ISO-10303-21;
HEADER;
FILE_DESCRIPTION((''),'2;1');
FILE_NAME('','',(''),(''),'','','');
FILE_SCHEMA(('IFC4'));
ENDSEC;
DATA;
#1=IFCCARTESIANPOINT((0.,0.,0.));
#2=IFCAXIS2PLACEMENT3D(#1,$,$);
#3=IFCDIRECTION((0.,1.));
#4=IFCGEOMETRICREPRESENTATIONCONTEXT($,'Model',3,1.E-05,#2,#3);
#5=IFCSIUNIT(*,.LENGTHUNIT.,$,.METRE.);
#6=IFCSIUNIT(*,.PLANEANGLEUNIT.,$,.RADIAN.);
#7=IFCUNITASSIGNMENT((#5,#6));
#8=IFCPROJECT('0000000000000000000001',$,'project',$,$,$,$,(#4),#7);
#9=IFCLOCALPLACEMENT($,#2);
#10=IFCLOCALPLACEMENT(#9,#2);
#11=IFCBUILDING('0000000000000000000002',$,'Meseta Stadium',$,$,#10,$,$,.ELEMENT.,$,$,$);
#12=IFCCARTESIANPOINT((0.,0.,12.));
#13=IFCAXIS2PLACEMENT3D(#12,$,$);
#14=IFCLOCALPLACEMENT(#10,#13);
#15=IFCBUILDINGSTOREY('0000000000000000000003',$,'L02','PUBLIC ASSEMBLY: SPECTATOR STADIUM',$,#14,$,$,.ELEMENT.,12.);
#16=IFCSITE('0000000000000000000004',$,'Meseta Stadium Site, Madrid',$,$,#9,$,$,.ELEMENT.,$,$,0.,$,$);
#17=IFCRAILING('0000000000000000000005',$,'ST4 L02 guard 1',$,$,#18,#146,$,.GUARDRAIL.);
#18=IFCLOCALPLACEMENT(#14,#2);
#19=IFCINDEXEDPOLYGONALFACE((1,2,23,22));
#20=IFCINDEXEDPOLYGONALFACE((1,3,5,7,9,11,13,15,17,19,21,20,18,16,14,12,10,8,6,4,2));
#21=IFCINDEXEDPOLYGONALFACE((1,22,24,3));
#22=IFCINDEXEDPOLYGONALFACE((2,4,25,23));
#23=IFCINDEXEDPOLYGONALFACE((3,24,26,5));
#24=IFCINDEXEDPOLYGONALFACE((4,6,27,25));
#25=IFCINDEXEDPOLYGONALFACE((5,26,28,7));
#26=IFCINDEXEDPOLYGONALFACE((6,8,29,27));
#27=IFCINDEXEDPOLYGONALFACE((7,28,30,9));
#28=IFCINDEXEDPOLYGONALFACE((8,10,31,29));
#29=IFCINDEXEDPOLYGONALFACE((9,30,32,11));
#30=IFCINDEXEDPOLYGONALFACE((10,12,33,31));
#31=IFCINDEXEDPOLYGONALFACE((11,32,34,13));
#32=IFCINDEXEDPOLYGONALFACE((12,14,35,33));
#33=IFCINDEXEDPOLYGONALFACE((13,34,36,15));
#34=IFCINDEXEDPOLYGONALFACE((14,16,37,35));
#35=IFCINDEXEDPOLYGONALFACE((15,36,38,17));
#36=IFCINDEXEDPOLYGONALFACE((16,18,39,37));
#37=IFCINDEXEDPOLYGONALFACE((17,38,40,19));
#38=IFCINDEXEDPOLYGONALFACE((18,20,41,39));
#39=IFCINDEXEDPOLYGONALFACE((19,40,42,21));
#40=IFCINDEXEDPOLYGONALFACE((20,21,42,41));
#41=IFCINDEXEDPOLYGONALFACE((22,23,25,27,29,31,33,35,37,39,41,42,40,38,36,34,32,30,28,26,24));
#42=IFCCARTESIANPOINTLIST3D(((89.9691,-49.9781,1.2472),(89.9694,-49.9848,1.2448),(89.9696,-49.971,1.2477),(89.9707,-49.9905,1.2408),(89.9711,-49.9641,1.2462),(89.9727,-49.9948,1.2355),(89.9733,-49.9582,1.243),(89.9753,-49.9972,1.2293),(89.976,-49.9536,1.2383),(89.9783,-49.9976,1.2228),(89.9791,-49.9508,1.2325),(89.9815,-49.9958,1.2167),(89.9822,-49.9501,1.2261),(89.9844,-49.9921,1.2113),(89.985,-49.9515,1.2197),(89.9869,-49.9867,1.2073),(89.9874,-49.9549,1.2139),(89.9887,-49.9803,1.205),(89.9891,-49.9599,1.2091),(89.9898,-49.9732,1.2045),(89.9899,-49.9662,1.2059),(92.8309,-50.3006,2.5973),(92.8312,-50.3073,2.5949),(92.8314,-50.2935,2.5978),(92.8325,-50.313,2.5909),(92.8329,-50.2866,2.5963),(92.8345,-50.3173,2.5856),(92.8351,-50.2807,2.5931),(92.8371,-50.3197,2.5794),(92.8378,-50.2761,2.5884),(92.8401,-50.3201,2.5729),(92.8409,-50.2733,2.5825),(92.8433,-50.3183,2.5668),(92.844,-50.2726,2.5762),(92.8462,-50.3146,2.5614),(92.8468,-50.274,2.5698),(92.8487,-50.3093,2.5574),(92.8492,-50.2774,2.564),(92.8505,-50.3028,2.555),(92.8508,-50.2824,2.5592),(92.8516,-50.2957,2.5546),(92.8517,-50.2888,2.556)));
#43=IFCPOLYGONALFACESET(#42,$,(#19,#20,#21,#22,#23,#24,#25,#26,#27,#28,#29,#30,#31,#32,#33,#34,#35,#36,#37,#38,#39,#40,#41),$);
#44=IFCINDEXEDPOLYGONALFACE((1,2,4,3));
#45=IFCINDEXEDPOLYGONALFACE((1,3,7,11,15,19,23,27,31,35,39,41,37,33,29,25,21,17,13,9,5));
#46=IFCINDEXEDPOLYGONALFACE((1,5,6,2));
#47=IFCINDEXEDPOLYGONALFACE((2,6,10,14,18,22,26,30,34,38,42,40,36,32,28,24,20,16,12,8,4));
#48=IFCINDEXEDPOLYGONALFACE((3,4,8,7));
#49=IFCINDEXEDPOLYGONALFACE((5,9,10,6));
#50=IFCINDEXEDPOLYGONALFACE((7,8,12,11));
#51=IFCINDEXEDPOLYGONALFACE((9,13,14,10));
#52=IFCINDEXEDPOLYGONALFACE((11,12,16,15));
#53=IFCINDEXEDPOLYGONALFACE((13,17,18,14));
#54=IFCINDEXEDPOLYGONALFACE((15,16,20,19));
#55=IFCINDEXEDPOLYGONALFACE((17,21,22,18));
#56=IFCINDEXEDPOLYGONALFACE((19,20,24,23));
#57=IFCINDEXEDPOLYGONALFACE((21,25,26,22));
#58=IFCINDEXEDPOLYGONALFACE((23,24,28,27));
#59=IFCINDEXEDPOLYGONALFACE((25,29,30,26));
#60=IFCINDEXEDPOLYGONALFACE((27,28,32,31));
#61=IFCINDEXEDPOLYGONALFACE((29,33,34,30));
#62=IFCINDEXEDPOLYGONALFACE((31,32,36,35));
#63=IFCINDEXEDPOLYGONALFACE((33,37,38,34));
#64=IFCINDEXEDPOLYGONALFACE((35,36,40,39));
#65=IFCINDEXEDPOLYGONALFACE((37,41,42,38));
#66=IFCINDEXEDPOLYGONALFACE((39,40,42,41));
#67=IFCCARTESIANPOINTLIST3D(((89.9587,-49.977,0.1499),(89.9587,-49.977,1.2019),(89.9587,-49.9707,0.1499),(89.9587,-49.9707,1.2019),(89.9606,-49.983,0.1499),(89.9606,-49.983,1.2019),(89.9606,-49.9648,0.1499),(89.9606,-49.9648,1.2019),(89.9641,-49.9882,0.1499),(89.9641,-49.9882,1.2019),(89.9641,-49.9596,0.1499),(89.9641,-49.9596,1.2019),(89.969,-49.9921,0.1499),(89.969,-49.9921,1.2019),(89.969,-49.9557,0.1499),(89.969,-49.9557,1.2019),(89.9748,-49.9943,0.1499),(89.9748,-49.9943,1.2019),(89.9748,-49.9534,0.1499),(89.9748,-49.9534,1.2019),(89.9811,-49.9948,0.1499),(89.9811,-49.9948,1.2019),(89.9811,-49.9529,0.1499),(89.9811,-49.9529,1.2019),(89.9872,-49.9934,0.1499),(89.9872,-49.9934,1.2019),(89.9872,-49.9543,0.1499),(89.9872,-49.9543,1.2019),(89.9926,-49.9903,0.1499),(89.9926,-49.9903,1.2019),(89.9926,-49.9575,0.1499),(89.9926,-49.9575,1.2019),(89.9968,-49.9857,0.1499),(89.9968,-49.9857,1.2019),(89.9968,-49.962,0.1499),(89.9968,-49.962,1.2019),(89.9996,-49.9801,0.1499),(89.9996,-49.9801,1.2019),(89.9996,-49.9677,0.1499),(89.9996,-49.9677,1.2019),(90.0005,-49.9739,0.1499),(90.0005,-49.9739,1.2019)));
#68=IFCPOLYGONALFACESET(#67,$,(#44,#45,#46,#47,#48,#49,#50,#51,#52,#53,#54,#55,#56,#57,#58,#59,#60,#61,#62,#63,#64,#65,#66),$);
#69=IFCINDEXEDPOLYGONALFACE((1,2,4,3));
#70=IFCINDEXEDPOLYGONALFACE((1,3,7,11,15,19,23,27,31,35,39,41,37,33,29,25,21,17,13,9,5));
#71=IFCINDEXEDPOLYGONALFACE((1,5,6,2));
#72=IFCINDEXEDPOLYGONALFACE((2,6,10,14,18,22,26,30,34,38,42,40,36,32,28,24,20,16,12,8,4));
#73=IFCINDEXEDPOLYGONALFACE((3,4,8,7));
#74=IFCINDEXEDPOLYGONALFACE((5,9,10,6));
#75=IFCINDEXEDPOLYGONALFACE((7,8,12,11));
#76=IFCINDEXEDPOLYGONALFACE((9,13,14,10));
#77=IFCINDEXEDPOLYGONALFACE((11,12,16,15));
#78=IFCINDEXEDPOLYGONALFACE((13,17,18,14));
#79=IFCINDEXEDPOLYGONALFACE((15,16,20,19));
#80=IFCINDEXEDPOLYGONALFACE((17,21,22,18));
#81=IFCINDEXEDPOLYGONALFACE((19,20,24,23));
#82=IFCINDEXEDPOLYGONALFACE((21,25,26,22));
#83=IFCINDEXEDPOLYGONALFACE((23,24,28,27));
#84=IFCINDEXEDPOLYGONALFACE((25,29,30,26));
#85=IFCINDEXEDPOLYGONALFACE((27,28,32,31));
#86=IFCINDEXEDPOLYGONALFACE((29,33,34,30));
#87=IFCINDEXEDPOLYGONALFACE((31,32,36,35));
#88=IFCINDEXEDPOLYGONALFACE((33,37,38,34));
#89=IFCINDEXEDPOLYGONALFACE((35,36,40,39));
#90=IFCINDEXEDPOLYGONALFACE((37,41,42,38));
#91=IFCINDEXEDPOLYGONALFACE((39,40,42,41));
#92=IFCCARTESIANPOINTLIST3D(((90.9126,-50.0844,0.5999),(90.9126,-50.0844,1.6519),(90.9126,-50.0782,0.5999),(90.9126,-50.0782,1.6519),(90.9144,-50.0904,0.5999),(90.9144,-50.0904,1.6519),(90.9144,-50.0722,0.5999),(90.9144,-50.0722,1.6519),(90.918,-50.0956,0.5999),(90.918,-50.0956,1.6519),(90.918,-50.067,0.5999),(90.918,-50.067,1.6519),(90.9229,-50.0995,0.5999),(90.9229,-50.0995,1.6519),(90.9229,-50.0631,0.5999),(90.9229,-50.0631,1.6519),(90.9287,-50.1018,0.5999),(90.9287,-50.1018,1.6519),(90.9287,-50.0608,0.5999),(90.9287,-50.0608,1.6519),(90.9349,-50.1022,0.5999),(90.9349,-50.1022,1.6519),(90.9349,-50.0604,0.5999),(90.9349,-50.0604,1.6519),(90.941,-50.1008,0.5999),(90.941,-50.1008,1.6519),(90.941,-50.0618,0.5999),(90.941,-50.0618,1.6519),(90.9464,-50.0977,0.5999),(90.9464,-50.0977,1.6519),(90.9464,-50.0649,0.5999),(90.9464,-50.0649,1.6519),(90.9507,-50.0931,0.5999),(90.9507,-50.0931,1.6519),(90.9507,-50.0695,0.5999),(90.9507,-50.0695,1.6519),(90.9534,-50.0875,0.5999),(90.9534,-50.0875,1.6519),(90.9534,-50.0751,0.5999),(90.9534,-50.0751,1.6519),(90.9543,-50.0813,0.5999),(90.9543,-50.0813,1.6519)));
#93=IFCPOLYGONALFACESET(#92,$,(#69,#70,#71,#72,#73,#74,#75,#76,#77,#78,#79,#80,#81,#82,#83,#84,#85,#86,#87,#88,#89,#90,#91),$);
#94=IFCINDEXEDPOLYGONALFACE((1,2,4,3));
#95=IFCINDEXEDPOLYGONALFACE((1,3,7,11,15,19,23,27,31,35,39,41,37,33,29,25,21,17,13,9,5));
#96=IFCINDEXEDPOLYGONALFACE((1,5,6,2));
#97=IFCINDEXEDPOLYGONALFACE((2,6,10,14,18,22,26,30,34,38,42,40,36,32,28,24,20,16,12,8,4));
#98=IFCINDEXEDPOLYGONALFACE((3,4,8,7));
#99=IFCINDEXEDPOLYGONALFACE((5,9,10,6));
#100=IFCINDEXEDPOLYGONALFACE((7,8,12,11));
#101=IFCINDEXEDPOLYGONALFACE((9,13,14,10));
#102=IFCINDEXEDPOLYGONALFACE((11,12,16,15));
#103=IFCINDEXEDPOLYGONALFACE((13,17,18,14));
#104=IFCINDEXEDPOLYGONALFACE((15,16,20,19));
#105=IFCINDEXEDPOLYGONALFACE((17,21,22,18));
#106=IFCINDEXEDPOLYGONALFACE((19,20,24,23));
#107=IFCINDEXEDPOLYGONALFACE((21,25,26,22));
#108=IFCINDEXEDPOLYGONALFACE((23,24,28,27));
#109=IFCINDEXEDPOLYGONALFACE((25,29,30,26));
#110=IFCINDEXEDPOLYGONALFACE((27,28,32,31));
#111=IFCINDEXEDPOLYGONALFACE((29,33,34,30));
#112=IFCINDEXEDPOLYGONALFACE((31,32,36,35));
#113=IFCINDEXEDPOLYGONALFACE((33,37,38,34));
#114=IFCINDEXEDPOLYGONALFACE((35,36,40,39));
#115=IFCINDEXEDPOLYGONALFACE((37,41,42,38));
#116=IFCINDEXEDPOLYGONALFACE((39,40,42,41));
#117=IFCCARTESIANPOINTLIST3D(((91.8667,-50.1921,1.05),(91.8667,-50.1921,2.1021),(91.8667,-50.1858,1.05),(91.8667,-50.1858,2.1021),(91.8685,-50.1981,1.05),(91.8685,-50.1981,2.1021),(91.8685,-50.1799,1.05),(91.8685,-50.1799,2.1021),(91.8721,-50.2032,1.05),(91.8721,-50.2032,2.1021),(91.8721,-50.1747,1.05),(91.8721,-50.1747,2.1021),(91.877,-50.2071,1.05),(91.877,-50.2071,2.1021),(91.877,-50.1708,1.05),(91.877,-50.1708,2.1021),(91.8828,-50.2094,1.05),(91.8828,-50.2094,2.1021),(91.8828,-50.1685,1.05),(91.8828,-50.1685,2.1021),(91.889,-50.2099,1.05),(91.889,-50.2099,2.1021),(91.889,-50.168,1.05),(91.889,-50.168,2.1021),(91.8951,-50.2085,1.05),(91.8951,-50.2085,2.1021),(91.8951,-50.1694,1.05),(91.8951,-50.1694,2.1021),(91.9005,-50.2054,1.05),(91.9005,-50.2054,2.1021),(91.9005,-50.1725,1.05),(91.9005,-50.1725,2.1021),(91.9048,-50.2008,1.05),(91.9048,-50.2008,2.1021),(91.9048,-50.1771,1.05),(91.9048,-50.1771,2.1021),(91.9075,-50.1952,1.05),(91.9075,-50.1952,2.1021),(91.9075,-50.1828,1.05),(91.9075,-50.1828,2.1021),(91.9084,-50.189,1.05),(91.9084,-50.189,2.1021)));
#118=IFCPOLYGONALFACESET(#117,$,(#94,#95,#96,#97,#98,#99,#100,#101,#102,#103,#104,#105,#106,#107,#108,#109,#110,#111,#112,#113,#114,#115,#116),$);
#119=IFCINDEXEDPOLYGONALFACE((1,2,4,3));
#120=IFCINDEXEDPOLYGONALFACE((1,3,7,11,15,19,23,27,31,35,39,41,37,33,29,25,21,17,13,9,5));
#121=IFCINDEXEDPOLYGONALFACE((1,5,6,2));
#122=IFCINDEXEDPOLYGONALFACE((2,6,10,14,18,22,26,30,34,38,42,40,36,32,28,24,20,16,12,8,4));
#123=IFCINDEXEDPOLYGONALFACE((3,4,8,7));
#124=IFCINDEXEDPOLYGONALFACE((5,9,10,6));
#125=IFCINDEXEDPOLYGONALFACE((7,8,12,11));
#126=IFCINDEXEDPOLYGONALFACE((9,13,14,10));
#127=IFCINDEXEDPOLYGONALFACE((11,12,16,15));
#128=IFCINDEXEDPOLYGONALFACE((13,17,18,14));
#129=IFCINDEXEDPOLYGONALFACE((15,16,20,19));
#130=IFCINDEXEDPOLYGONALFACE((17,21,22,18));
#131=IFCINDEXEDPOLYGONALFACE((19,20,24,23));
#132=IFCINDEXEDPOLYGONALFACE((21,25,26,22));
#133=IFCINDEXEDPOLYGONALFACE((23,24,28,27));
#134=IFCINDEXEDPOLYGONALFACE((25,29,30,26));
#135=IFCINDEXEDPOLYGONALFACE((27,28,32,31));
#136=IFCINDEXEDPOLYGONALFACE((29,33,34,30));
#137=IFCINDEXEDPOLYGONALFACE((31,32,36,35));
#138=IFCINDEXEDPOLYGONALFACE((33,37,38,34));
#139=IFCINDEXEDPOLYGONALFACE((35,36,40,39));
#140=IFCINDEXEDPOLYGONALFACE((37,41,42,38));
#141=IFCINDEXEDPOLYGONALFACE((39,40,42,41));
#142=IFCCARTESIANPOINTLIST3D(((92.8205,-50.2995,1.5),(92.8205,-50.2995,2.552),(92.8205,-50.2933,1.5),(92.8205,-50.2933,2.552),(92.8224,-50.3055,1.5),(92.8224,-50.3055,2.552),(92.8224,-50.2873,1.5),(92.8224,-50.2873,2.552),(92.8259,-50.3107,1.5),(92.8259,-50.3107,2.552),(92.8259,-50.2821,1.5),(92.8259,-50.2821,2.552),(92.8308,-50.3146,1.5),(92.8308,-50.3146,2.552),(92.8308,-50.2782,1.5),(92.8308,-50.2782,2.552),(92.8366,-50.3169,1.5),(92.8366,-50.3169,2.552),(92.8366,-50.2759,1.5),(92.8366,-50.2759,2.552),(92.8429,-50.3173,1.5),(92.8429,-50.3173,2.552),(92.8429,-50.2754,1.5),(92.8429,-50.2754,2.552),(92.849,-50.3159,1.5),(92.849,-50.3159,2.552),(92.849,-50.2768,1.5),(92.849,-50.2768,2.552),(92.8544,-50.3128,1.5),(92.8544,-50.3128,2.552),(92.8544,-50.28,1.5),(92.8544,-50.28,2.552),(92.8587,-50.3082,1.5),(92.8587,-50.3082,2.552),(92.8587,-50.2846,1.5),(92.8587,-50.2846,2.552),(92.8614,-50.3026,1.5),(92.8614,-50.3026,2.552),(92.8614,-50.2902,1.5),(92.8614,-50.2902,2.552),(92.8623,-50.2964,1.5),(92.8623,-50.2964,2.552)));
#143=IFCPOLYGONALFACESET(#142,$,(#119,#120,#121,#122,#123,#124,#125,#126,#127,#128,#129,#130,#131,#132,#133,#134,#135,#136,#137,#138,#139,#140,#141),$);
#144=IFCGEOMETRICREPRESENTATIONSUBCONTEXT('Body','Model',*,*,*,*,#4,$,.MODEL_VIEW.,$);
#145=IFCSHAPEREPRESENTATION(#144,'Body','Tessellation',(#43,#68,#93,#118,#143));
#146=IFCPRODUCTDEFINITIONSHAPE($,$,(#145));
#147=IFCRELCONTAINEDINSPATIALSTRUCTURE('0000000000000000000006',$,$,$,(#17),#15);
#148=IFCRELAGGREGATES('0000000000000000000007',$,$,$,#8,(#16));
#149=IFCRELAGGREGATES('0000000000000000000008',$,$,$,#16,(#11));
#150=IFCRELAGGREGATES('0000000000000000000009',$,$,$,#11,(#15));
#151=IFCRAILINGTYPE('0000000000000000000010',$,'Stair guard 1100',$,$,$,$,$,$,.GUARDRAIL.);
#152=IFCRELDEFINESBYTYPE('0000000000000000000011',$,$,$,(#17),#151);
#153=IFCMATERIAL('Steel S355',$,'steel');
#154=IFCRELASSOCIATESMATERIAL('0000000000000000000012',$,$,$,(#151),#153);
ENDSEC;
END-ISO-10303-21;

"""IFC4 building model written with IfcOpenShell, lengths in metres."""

from ifc_helpers import new_model, si_unit, direction, frame, origin, origin_2d, place, context, subcontext, project, spatial, circle, extrude, material, type_object, element, save


model = new_model("IFC4")

# Units and contexts
model_context = context("Model", 3, precision=1e-05, world=origin(), true_north=direction((0.0, 1.0)))
body_context = subcontext(model_context, "Body", "Model", "MODEL_VIEW")
ifc_project = project(units=[si_unit("LENGTHUNIT", "METRE"), si_unit("PLANEANGLEUNIT", "RADIAN")], contexts=[model_context])

# Site, building, storey
site_placement = place(None, origin())
site = spatial("IfcSite", under=ifc_project, at=site_placement, Name="Meseta Stadium Site, Madrid", CompositionType="ELEMENT", RefElevation=0.0)
building_placement = place(site_placement, origin())
building = spatial("IfcBuilding", under=site, at=building_placement, Name="Meseta Stadium", CompositionType="ELEMENT")
storey_placement = place(building_placement, frame((0.0, 0.0, 12.0)))
storey = spatial("IfcBuildingStorey", under=building, at=storey_placement, Name="L02", Description="PUBLIC ASSEMBLY: SPECTATOR STADIUM", CompositionType="ELEMENT", Elevation=12.0)

# Railing
ifc_material_1 = material(Name="Steel S355", Category="steel")
railing_type_1 = type_object("IfcRailingType", Name="Stair guard 1100", PredefinedType="GUARDRAIL", material=ifc_material_1)
railing_1_placement = place(storey_placement, frame((89.9795, -49.9739, 0.1499)))
element("IfcRailing", 1, at=railing_1_placement, inside=storey, type_object=railing_type_1, Name="ST4 L02 guard 1", PredefinedType="GUARDRAIL", context=body_context, shape_type="SweptSolid", body=[
    extrude(circle(Radius=0.0239, at=origin_2d()), frame((0.0, 0.0, 1.0762), z_axis=(0.899748, -0.101396, 0.424467), x_axis=(0.111985, 0.99371, 0.0)), (0.0, 0.0, 1.0), 3.1807),
    extrude(circle(Radius=0.021, at=origin_2d()), origin(), (0.0, 0.0, 1.0), 1.052),
    extrude(circle(Radius=0.021, at=origin_2d()), frame((0.9539, -0.1074, 0.45)), (0.0, 0.0, 1.0), 1.052),
    extrude(circle(Radius=0.021, at=origin_2d()), frame((1.908, -0.2151, 0.9001)), (0.0, 0.0, 1.0), 1.052),
    extrude(circle(Radius=0.021, at=origin_2d()), frame((2.8618, -0.3225, 1.3501)), (0.0, 0.0, 1.0), 1.052),
])

save(model, "model.ifc")
